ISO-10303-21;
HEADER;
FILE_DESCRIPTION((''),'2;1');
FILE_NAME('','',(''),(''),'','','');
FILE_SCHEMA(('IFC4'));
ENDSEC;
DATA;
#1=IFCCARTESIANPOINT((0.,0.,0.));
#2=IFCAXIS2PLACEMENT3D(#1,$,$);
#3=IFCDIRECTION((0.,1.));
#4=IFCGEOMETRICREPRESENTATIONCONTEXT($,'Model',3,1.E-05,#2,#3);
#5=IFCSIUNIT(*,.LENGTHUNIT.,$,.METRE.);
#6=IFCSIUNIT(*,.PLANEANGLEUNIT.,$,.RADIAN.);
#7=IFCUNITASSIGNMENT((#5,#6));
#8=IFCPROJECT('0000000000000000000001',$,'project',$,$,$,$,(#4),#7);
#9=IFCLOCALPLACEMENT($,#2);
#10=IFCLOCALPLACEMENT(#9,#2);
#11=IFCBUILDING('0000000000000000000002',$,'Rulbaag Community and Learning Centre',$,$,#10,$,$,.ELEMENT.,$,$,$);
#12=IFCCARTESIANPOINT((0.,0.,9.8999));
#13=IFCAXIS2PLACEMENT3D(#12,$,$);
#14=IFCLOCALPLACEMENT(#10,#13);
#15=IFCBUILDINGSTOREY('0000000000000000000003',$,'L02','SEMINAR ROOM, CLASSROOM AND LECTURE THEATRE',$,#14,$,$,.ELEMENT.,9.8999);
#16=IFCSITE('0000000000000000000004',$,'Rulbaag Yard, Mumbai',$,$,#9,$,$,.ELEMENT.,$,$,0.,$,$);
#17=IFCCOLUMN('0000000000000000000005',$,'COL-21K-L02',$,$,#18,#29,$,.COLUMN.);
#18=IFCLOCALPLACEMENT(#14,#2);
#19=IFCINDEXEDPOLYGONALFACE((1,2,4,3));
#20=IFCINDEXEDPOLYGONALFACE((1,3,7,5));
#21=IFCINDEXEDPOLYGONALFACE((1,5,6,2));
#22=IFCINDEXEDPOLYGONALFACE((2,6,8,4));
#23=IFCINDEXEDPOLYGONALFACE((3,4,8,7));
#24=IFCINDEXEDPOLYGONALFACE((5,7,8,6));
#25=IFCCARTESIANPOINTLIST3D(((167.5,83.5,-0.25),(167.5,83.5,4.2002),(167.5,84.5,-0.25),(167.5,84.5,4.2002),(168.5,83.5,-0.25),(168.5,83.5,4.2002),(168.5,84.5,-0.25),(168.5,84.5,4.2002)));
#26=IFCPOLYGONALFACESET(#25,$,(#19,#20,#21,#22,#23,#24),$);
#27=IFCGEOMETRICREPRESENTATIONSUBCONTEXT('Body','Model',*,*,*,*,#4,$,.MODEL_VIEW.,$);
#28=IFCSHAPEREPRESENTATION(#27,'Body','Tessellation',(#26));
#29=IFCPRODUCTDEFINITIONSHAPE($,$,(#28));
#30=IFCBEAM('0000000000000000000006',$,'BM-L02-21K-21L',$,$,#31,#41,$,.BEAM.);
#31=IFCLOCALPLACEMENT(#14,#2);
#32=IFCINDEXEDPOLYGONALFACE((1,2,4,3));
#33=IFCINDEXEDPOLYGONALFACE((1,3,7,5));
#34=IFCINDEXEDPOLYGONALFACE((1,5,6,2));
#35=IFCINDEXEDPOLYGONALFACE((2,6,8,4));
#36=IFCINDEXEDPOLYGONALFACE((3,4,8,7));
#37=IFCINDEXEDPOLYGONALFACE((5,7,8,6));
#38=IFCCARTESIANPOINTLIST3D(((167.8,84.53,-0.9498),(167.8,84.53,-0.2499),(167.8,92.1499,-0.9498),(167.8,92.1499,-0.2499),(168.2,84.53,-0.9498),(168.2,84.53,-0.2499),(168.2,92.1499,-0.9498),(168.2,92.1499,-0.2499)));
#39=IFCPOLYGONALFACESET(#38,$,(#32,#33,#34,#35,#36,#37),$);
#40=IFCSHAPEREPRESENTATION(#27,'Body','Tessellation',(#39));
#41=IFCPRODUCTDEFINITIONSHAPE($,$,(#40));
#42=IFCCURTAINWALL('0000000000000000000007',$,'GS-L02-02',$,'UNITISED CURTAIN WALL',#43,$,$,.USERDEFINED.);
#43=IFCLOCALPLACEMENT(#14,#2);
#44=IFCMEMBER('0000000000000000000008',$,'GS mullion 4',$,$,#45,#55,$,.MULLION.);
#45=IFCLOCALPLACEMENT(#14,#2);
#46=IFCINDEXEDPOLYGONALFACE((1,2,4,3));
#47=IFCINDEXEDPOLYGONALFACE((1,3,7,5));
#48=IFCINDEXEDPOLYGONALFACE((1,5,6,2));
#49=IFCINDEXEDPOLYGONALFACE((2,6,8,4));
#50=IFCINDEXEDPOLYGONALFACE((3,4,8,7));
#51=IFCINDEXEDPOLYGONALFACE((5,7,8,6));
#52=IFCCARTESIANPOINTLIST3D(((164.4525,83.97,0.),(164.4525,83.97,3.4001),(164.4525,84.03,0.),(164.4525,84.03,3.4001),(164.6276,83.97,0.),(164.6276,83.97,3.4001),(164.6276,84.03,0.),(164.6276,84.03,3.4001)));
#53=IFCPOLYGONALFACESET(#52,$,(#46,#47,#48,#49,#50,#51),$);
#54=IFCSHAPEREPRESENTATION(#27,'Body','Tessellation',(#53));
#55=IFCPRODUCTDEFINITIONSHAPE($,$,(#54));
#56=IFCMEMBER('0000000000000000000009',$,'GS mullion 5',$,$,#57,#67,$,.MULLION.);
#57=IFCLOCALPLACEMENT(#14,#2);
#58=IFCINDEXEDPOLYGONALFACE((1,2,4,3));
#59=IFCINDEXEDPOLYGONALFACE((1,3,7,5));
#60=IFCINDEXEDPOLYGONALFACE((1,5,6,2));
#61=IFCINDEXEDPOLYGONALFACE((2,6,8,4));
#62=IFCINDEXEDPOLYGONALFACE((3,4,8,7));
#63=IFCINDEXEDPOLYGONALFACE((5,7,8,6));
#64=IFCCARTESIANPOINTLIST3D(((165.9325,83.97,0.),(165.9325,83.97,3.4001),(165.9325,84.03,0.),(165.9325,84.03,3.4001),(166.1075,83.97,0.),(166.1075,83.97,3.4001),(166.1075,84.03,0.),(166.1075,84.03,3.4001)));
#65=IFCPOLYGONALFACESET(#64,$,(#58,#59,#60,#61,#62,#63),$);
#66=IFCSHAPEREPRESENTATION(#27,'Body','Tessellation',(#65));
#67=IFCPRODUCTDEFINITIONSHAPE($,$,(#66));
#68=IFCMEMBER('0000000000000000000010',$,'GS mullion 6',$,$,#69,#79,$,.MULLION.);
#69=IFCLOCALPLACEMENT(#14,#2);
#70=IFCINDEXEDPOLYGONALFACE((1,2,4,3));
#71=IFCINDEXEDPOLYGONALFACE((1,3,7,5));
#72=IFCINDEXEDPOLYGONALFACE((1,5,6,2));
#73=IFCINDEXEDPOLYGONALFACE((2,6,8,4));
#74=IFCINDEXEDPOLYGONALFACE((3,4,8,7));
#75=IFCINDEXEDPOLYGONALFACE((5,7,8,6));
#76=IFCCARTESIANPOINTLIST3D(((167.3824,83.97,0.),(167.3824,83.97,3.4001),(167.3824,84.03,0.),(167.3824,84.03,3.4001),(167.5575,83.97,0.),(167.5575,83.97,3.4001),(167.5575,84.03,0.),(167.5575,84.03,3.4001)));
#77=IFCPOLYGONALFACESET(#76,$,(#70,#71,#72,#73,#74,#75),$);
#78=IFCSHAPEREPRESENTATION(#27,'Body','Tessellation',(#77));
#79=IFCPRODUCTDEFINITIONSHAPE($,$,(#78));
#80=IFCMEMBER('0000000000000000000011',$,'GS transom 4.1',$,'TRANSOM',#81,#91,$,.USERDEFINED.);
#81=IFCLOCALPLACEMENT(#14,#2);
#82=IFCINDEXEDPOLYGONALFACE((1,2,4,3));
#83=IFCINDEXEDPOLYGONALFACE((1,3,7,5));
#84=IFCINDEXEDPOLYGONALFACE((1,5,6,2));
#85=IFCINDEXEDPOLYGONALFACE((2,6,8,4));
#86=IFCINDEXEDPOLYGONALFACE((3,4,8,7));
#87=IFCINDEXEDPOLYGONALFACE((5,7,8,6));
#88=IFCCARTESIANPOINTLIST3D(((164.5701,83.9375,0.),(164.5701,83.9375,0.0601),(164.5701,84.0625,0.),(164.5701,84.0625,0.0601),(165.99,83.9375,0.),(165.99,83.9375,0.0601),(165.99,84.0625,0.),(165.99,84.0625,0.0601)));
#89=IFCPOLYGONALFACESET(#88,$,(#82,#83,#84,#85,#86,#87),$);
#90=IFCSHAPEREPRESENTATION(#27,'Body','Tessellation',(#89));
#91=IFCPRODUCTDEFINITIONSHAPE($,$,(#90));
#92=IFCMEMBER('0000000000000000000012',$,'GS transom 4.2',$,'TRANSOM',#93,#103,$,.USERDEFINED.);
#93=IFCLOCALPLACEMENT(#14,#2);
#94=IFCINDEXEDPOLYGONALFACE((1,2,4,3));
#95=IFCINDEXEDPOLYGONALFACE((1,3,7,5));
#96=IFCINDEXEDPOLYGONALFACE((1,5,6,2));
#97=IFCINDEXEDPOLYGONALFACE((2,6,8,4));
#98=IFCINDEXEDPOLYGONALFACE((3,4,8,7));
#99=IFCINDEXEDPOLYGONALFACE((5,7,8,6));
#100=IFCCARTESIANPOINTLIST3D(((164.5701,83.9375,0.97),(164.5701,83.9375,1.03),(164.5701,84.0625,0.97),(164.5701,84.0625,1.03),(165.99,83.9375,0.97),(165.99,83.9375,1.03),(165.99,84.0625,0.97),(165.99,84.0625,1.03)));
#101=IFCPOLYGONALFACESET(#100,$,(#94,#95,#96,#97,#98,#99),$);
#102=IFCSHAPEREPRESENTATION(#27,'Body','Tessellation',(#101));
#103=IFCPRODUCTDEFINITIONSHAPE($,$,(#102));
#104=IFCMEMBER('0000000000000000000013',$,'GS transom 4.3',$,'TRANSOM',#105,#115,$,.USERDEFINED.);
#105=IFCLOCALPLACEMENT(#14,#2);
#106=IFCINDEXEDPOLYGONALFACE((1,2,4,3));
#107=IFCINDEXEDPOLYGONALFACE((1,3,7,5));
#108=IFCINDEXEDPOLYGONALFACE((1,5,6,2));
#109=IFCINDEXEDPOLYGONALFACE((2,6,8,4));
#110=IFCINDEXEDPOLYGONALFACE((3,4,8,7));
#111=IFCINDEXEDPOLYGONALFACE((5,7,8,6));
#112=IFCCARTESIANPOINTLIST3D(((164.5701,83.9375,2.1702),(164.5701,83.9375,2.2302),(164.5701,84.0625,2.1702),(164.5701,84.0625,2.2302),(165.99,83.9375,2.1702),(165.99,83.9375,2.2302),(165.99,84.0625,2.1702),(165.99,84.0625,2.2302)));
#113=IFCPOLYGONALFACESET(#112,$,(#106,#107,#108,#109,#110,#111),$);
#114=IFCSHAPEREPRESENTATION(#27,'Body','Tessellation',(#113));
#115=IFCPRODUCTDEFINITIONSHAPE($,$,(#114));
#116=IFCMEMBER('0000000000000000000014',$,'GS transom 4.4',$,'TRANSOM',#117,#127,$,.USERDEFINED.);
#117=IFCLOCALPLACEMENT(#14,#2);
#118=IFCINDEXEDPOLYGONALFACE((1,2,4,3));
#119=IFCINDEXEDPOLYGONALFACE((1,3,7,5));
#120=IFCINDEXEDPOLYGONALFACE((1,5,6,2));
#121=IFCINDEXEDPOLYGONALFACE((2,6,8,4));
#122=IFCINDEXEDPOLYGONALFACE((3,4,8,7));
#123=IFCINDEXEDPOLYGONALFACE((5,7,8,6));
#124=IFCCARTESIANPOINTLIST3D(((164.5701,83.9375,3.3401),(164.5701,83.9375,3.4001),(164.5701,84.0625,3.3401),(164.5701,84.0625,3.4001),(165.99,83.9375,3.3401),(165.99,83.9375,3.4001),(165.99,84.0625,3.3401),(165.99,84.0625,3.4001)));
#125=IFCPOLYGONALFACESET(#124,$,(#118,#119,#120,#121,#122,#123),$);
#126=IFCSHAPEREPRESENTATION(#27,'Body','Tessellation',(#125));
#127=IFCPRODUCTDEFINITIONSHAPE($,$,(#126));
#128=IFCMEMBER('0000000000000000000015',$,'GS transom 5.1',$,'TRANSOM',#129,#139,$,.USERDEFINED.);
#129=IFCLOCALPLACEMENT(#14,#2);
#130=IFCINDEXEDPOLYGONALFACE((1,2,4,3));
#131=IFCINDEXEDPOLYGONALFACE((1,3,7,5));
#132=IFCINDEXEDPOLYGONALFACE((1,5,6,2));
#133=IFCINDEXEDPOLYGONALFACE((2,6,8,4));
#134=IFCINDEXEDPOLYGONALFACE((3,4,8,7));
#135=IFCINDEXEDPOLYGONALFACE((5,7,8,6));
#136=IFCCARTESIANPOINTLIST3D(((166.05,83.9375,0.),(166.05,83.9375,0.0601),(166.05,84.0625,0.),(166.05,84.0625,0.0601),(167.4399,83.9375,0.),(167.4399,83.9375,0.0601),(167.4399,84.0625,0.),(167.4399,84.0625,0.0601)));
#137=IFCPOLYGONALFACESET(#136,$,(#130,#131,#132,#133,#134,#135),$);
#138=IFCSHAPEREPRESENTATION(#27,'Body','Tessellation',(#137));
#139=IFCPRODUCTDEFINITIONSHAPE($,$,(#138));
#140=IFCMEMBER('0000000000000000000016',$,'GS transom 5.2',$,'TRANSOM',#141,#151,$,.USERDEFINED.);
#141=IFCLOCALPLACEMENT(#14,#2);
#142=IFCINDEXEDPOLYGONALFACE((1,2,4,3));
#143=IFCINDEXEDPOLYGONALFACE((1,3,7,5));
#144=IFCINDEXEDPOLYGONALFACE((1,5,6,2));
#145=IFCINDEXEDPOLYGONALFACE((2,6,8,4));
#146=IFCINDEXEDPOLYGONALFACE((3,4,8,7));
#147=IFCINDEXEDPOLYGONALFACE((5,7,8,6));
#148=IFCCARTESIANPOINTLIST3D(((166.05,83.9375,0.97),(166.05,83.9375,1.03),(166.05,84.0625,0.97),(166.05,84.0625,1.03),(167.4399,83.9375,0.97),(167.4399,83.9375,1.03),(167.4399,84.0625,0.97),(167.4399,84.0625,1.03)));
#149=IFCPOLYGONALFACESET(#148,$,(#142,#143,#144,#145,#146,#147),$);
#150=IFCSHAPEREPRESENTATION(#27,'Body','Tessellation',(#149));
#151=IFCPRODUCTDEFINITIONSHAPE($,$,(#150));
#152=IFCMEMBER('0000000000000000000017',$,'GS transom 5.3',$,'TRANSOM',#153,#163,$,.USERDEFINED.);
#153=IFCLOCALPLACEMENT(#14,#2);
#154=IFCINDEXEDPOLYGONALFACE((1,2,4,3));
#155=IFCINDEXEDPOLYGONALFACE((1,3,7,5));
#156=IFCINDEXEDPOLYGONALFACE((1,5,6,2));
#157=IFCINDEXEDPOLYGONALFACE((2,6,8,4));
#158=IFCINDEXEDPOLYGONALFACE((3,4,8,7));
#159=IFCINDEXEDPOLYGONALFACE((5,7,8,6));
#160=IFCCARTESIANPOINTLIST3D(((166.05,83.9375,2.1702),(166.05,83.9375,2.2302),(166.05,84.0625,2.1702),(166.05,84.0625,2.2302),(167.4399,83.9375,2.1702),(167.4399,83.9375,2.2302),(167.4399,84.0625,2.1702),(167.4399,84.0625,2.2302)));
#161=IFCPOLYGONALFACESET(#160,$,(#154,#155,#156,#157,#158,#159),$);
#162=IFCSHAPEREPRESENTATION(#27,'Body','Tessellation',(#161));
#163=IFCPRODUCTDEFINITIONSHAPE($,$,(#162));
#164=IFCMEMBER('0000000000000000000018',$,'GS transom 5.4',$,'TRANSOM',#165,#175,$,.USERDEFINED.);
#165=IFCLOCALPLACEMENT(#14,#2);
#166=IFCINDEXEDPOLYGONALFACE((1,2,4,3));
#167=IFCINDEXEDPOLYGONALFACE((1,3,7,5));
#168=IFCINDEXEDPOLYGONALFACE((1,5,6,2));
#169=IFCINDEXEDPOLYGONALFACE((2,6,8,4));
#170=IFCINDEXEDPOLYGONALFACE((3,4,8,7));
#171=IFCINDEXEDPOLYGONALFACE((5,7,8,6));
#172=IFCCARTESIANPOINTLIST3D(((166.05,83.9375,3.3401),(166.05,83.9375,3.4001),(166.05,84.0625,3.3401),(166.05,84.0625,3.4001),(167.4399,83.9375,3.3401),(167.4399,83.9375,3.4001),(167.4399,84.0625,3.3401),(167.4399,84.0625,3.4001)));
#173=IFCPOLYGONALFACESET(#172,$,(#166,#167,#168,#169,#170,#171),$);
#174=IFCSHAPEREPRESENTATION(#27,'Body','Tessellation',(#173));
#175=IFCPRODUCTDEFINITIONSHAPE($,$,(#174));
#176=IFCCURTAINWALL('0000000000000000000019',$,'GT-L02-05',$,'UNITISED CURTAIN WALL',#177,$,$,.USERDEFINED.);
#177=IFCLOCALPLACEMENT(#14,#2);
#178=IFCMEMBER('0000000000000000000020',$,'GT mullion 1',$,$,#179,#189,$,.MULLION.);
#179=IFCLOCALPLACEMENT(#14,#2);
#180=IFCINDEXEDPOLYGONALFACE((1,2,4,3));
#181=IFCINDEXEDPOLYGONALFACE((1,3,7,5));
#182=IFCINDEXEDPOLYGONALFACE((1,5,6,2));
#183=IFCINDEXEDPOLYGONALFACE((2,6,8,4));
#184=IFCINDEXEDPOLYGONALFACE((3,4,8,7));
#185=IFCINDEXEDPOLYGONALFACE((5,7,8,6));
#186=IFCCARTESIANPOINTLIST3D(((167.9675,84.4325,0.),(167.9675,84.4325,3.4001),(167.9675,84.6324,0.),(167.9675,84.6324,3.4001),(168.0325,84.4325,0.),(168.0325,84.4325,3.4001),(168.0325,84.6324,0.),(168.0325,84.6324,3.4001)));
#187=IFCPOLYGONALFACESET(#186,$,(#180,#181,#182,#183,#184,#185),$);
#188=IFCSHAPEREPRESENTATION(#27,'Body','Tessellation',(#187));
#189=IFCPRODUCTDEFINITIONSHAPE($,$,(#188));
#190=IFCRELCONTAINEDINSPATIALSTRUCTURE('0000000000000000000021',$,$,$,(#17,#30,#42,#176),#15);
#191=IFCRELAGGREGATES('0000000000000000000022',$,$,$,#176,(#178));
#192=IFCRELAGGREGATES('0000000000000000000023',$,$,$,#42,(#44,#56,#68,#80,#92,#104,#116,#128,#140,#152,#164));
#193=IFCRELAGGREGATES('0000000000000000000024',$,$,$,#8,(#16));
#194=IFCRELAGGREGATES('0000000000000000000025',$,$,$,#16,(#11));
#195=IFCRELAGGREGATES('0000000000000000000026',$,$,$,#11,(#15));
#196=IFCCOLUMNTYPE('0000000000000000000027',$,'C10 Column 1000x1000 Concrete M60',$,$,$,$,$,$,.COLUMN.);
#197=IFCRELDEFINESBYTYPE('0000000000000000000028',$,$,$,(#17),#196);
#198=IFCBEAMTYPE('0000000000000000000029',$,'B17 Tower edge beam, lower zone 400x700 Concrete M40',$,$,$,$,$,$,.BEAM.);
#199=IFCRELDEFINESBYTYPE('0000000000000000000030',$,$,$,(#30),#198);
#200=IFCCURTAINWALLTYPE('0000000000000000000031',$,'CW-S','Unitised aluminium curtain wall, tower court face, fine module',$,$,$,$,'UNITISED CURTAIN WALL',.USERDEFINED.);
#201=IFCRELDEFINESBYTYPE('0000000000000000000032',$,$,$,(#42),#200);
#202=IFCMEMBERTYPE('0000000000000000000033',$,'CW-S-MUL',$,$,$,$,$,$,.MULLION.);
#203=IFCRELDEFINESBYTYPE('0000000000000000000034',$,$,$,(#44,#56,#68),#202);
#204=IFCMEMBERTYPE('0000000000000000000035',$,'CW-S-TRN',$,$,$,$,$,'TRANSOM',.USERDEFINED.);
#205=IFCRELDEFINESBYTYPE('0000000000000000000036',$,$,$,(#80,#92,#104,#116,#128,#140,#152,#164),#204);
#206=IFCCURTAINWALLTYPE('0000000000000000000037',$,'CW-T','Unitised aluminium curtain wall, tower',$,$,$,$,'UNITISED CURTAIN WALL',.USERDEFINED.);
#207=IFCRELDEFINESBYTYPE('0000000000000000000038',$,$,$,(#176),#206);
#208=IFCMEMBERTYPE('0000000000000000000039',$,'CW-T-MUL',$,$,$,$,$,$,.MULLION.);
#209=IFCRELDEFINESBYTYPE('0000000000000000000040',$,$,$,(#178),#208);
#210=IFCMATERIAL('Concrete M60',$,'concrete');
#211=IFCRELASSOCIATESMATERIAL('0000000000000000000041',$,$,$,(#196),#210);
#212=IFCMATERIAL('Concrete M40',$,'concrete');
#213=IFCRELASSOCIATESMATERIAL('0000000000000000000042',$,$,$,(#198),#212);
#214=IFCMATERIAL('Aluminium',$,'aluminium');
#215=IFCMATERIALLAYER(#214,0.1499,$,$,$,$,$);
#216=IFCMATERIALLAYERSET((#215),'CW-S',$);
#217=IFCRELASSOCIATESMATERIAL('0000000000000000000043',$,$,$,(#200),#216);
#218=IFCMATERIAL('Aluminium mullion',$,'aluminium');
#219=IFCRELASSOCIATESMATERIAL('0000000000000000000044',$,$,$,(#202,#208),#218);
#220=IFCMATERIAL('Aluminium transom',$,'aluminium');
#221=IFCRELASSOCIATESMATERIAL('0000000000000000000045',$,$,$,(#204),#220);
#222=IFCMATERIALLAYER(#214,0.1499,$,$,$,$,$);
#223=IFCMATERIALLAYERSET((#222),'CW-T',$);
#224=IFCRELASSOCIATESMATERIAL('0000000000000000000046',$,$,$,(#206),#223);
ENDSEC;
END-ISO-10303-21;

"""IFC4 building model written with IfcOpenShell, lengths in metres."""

from ifc_helpers import new_model, si_unit, direction, frame, origin, origin_2d, place, context, subcontext, project, spatial, rectangle, extrude, material, layer, layer_set, material_profile, profile_set, type_object, element, aggregate, save


model = new_model("IFC4")

# Units and contexts
model_context = context("Model", 3, precision=1e-05, world=origin(), true_north=direction((0.0, 1.0)))
body_context = subcontext(model_context, "Body", "Model", "MODEL_VIEW")
ifc_project = project(units=[si_unit("LENGTHUNIT", "METRE"), si_unit("PLANEANGLEUNIT", "RADIAN")], contexts=[model_context])

# Site, building, storey
site_placement = place(None, origin())
site = spatial("IfcSite", under=ifc_project, at=site_placement, Name="Rulbaag Yard, Mumbai", CompositionType="ELEMENT", RefElevation=0.0)
building_placement = place(site_placement, origin())
building = spatial("IfcBuilding", under=site, at=building_placement, Name="Rulbaag Community and Learning Centre", CompositionType="ELEMENT")
storey_placement = place(building_placement, frame((0.0, 0.0, 9.8999)))
storey = spatial("IfcBuildingStorey", under=building, at=storey_placement, Name="L02", Description="SEMINAR ROOM, CLASSROOM AND LECTURE THEATRE", CompositionType="ELEMENT", Elevation=9.8999)

# Column
ifc_material_1 = material(Name="Concrete M60", Category="concrete")
ifc_material_profile_1 = material_profile(ifc_material_1, rectangle(XDim=1.0, YDim=1.0, at=origin_2d()), Name="RC1000x1000")
ifc_profile_set_1 = profile_set([ifc_material_profile_1], Name="Concrete M60")
column_type = type_object("IfcColumnType", Name="C10 Column 1000x1000 Concrete M60", PredefinedType="COLUMN", material=ifc_profile_set_1)
column_placement = place(storey_placement, frame((168.0, 84.0, -0.25), z_axis=(0.0, 0.0, 1.0), x_axis=(1.0, 0.0, 0.0)))
element("IfcColumn", 1, at=column_placement, inside=storey, type_object=column_type, Name="COL-21K-L02", PredefinedType="COLUMN", context=body_context, shape_type="SweptSolid", body=[
    extrude(rectangle(XDim=1.0, YDim=1.0, at=origin_2d()), origin(), (0.0, 0.0, 1.0), 4.4502),
])

# Beam
ifc_material_2 = material(Name="Concrete M40", Category="concrete")
ifc_material_profile_2 = material_profile(ifc_material_2, rectangle(XDim=0.3999, YDim=0.7, at=origin_2d()), Name="RB400x700")
ifc_profile_set_2 = profile_set([ifc_material_profile_2], Name="Concrete M40")
beam_type = type_object("IfcBeamType", Name="B17 Tower edge beam, lower zone 400x700 Concrete M40", PredefinedType="BEAM", material=ifc_profile_set_2)
beam_placement = place(storey_placement, frame((168.0, 84.53, -0.5999), z_axis=(0.0, 1.0, 0.0), x_axis=(-1.0, 0.0, 0.0)))
element("IfcBeam", 2, at=beam_placement, inside=storey, type_object=beam_type, Name="BM-L02-21K-21L", PredefinedType="BEAM", context=body_context, shape_type="SweptSolid", body=[
    extrude(rectangle(XDim=0.3999, YDim=0.7, at=origin_2d()), origin(), (0.0, 0.0, 1.0), 7.6199),
])

# Curtain walls, members
ifc_material_3 = material(Name="Aluminium", Category="aluminium")
ifc_layer_1 = layer(ifc_material_3, 0.1499)
ifc_layer_set_1 = layer_set([ifc_layer_1], Name="CW-S")
curtain_wall_type_1 = type_object("IfcCurtainWallType", Name="CW-S", Description="Unitised aluminium curtain wall, tower court face, fine module", ElementType="UNITISED CURTAIN WALL", PredefinedType="USERDEFINED", material=ifc_layer_set_1)
curtain_wall_1_placement = place(storey_placement, origin())
curtain_wall_1 = element("IfcCurtainWall", 3, at=curtain_wall_1_placement, inside=storey, type_object=curtain_wall_type_1, Name="GS-L02-02", ObjectType="UNITISED CURTAIN WALL", PredefinedType="USERDEFINED")
ifc_material_4 = material(Name="Aluminium mullion", Category="aluminium")
ifc_material_profile_3 = material_profile(ifc_material_4, rectangle(XDim=0.0601, YDim=0.175, at=origin_2d()), Name="AL 60x175")
ifc_profile_set_3 = profile_set([ifc_material_profile_3], Name="Aluminium mullion")
member_type_1 = type_object("IfcMemberType", Name="CW-S-MUL", PredefinedType="MULLION", material=ifc_profile_set_3)
member_1_placement = place(storey_placement, frame((164.54, 84.0, 0.0), z_axis=(0.0, 0.0, 1.0), x_axis=(0.0, 1.0, 0.0)))
member_1 = element("IfcMember", 4, at=member_1_placement, type_object=member_type_1, Name="GS mullion 4", PredefinedType="MULLION", context=body_context, shape_type="SweptSolid", body=[
    extrude(rectangle(XDim=0.0601, YDim=0.175, at=origin_2d()), origin(), (0.0, 0.0, 1.0), 3.4001),
])
member_2_placement = place(storey_placement, frame((166.02, 84.0, 0.0), z_axis=(0.0, 0.0, 1.0), x_axis=(0.0, 1.0, 0.0)))
member_2 = element("IfcMember", 5, at=member_2_placement, type_object=member_type_1, Name="GS mullion 5", PredefinedType="MULLION", context=body_context, shape_type="SweptSolid", body=[
    extrude(rectangle(XDim=0.0601, YDim=0.175, at=origin_2d()), origin(), (0.0, 0.0, 1.0), 3.4001),
])
member_3_placement = place(storey_placement, frame((167.47, 84.0, 0.0), z_axis=(0.0, 0.0, 1.0), x_axis=(0.0, 1.0, 0.0)))
member_3 = element("IfcMember", 6, at=member_3_placement, type_object=member_type_1, Name="GS mullion 6", PredefinedType="MULLION", context=body_context, shape_type="SweptSolid", body=[
    extrude(rectangle(XDim=0.0601, YDim=0.175, at=origin_2d()), origin(), (0.0, 0.0, 1.0), 3.4001),
])
ifc_material_5 = material(Name="Aluminium transom", Category="aluminium")
ifc_material_profile_4 = material_profile(ifc_material_5, rectangle(XDim=0.125, YDim=0.0601, at=origin_2d()), Name="AL 60x125 T")
ifc_profile_set_4 = profile_set([ifc_material_profile_4], Name="Aluminium transom")
member_type_2 = type_object("IfcMemberType", Name="CW-S-TRN", ElementType="TRANSOM", PredefinedType="USERDEFINED", material=ifc_profile_set_4)
member_4_placement = place(storey_placement, frame((164.5701, 84.0, 0.03), z_axis=(1.0, 0.0, 0.0), x_axis=(0.0, 1.0, 0.0)))
member_4 = element("IfcMember", 7, at=member_4_placement, type_object=member_type_2, Name="GS transom 4.1", ObjectType="TRANSOM", PredefinedType="USERDEFINED", context=body_context, shape_type="SweptSolid", body=[
    extrude(rectangle(XDim=0.125, YDim=0.0601, at=origin_2d()), origin(), (0.0, 0.0, 1.0), 1.4199),
])
member_5_placement = place(storey_placement, frame((164.5701, 84.0, 1.0), z_axis=(1.0, 0.0, 0.0), x_axis=(0.0, 1.0, 0.0)))
member_5 = element("IfcMember", 8, at=member_5_placement, type_object=member_type_2, Name="GS transom 4.2", ObjectType="TRANSOM", PredefinedType="USERDEFINED", context=body_context, shape_type="SweptSolid", body=[
    extrude(rectangle(XDim=0.125, YDim=0.0601, at=origin_2d()), origin(), (0.0, 0.0, 1.0), 1.4199),
])
member_6_placement = place(storey_placement, frame((164.5701, 84.0, 2.2002), z_axis=(1.0, 0.0, 0.0), x_axis=(0.0, 1.0, 0.0)))
member_6 = element("IfcMember", 9, at=member_6_placement, type_object=member_type_2, Name="GS transom 4.3", ObjectType="TRANSOM", PredefinedType="USERDEFINED", context=body_context, shape_type="SweptSolid", body=[
    extrude(rectangle(XDim=0.125, YDim=0.0601, at=origin_2d()), origin(), (0.0, 0.0, 1.0), 1.4199),
])
member_7_placement = place(storey_placement, frame((164.5701, 84.0, 3.3701), z_axis=(1.0, 0.0, 0.0), x_axis=(0.0, 1.0, 0.0)))
member_7 = element("IfcMember", 10, at=member_7_placement, type_object=member_type_2, Name="GS transom 4.4", ObjectType="TRANSOM", PredefinedType="USERDEFINED", context=body_context, shape_type="SweptSolid", body=[
    extrude(rectangle(XDim=0.125, YDim=0.0601, at=origin_2d()), origin(), (0.0, 0.0, 1.0), 1.4199),
])
member_8_placement = place(storey_placement, frame((166.05, 84.0, 0.03), z_axis=(1.0, 0.0, 0.0), x_axis=(0.0, 1.0, 0.0)))
member_8 = element("IfcMember", 11, at=member_8_placement, type_object=member_type_2, Name="GS transom 5.1", ObjectType="TRANSOM", PredefinedType="USERDEFINED", context=body_context, shape_type="SweptSolid", body=[
    extrude(rectangle(XDim=0.125, YDim=0.0601, at=origin_2d()), origin(), (0.0, 0.0, 1.0), 1.3899),
])
member_9_placement = place(storey_placement, frame((166.05, 84.0, 1.0), z_axis=(1.0, 0.0, 0.0), x_axis=(0.0, 1.0, 0.0)))
member_9 = element("IfcMember", 12, at=member_9_placement, type_object=member_type_2, Name="GS transom 5.2", ObjectType="TRANSOM", PredefinedType="USERDEFINED", context=body_context, shape_type="SweptSolid", body=[
    extrude(rectangle(XDim=0.125, YDim=0.0601, at=origin_2d()), origin(), (0.0, 0.0, 1.0), 1.3899),
])
member_10_placement = place(storey_placement, frame((166.05, 84.0, 2.2002), z_axis=(1.0, 0.0, 0.0), x_axis=(0.0, 1.0, 0.0)))
member_10 = element("IfcMember", 13, at=member_10_placement, type_object=member_type_2, Name="GS transom 5.3", ObjectType="TRANSOM", PredefinedType="USERDEFINED", context=body_context, shape_type="SweptSolid", body=[
    extrude(rectangle(XDim=0.125, YDim=0.0601, at=origin_2d()), origin(), (0.0, 0.0, 1.0), 1.3899),
])
member_11_placement = place(storey_placement, frame((166.05, 84.0, 3.3701), z_axis=(1.0, 0.0, 0.0), x_axis=(0.0, 1.0, 0.0)))
member_11 = element("IfcMember", 14, at=member_11_placement, type_object=member_type_2, Name="GS transom 5.4", ObjectType="TRANSOM", PredefinedType="USERDEFINED", context=body_context, shape_type="SweptSolid", body=[
    extrude(rectangle(XDim=0.125, YDim=0.0601, at=origin_2d()), origin(), (0.0, 0.0, 1.0), 1.3899),
])
ifc_layer_2 = layer(ifc_material_3, 0.1499)
ifc_layer_set_2 = layer_set([ifc_layer_2], Name="CW-T")
curtain_wall_type_2 = type_object("IfcCurtainWallType", Name="CW-T", Description="Unitised aluminium curtain wall, tower", ElementType="UNITISED CURTAIN WALL", PredefinedType="USERDEFINED", material=ifc_layer_set_2)
curtain_wall_2_placement = place(storey_placement, origin())
curtain_wall_2 = element("IfcCurtainWall", 15, at=curtain_wall_2_placement, inside=storey, type_object=curtain_wall_type_2, Name="GT-L02-05", ObjectType="UNITISED CURTAIN WALL", PredefinedType="USERDEFINED")
ifc_material_profile_5 = material_profile(ifc_material_4, rectangle(XDim=0.0649, YDim=0.2, at=origin_2d()), Name="AL 65x200")
ifc_profile_set_5 = profile_set([ifc_material_profile_5], Name="Aluminium mullion")
member_type_3 = type_object("IfcMemberType", Name="CW-T-MUL", PredefinedType="MULLION", material=ifc_profile_set_5)
member_12_placement = place(storey_placement, frame((168.0, 84.5325, 0.0), z_axis=(0.0, 0.0, 1.0), x_axis=(-1.0, 0.0, 0.0)))
member_12 = element("IfcMember", 16, at=member_12_placement, type_object=member_type_3, Name="GT mullion 1", PredefinedType="MULLION", context=body_context, shape_type="SweptSolid", body=[
    extrude(rectangle(XDim=0.0649, YDim=0.2, at=origin_2d()), origin(), (0.0, 0.0, 1.0), 3.4001),
])
aggregate(curtain_wall_2, [member_12])

aggregate(curtain_wall_1, [member_1, member_2, member_3, member_4, member_5, member_6, member_7, member_8, member_9, member_10, member_11])

save(model, "model.ifc")
